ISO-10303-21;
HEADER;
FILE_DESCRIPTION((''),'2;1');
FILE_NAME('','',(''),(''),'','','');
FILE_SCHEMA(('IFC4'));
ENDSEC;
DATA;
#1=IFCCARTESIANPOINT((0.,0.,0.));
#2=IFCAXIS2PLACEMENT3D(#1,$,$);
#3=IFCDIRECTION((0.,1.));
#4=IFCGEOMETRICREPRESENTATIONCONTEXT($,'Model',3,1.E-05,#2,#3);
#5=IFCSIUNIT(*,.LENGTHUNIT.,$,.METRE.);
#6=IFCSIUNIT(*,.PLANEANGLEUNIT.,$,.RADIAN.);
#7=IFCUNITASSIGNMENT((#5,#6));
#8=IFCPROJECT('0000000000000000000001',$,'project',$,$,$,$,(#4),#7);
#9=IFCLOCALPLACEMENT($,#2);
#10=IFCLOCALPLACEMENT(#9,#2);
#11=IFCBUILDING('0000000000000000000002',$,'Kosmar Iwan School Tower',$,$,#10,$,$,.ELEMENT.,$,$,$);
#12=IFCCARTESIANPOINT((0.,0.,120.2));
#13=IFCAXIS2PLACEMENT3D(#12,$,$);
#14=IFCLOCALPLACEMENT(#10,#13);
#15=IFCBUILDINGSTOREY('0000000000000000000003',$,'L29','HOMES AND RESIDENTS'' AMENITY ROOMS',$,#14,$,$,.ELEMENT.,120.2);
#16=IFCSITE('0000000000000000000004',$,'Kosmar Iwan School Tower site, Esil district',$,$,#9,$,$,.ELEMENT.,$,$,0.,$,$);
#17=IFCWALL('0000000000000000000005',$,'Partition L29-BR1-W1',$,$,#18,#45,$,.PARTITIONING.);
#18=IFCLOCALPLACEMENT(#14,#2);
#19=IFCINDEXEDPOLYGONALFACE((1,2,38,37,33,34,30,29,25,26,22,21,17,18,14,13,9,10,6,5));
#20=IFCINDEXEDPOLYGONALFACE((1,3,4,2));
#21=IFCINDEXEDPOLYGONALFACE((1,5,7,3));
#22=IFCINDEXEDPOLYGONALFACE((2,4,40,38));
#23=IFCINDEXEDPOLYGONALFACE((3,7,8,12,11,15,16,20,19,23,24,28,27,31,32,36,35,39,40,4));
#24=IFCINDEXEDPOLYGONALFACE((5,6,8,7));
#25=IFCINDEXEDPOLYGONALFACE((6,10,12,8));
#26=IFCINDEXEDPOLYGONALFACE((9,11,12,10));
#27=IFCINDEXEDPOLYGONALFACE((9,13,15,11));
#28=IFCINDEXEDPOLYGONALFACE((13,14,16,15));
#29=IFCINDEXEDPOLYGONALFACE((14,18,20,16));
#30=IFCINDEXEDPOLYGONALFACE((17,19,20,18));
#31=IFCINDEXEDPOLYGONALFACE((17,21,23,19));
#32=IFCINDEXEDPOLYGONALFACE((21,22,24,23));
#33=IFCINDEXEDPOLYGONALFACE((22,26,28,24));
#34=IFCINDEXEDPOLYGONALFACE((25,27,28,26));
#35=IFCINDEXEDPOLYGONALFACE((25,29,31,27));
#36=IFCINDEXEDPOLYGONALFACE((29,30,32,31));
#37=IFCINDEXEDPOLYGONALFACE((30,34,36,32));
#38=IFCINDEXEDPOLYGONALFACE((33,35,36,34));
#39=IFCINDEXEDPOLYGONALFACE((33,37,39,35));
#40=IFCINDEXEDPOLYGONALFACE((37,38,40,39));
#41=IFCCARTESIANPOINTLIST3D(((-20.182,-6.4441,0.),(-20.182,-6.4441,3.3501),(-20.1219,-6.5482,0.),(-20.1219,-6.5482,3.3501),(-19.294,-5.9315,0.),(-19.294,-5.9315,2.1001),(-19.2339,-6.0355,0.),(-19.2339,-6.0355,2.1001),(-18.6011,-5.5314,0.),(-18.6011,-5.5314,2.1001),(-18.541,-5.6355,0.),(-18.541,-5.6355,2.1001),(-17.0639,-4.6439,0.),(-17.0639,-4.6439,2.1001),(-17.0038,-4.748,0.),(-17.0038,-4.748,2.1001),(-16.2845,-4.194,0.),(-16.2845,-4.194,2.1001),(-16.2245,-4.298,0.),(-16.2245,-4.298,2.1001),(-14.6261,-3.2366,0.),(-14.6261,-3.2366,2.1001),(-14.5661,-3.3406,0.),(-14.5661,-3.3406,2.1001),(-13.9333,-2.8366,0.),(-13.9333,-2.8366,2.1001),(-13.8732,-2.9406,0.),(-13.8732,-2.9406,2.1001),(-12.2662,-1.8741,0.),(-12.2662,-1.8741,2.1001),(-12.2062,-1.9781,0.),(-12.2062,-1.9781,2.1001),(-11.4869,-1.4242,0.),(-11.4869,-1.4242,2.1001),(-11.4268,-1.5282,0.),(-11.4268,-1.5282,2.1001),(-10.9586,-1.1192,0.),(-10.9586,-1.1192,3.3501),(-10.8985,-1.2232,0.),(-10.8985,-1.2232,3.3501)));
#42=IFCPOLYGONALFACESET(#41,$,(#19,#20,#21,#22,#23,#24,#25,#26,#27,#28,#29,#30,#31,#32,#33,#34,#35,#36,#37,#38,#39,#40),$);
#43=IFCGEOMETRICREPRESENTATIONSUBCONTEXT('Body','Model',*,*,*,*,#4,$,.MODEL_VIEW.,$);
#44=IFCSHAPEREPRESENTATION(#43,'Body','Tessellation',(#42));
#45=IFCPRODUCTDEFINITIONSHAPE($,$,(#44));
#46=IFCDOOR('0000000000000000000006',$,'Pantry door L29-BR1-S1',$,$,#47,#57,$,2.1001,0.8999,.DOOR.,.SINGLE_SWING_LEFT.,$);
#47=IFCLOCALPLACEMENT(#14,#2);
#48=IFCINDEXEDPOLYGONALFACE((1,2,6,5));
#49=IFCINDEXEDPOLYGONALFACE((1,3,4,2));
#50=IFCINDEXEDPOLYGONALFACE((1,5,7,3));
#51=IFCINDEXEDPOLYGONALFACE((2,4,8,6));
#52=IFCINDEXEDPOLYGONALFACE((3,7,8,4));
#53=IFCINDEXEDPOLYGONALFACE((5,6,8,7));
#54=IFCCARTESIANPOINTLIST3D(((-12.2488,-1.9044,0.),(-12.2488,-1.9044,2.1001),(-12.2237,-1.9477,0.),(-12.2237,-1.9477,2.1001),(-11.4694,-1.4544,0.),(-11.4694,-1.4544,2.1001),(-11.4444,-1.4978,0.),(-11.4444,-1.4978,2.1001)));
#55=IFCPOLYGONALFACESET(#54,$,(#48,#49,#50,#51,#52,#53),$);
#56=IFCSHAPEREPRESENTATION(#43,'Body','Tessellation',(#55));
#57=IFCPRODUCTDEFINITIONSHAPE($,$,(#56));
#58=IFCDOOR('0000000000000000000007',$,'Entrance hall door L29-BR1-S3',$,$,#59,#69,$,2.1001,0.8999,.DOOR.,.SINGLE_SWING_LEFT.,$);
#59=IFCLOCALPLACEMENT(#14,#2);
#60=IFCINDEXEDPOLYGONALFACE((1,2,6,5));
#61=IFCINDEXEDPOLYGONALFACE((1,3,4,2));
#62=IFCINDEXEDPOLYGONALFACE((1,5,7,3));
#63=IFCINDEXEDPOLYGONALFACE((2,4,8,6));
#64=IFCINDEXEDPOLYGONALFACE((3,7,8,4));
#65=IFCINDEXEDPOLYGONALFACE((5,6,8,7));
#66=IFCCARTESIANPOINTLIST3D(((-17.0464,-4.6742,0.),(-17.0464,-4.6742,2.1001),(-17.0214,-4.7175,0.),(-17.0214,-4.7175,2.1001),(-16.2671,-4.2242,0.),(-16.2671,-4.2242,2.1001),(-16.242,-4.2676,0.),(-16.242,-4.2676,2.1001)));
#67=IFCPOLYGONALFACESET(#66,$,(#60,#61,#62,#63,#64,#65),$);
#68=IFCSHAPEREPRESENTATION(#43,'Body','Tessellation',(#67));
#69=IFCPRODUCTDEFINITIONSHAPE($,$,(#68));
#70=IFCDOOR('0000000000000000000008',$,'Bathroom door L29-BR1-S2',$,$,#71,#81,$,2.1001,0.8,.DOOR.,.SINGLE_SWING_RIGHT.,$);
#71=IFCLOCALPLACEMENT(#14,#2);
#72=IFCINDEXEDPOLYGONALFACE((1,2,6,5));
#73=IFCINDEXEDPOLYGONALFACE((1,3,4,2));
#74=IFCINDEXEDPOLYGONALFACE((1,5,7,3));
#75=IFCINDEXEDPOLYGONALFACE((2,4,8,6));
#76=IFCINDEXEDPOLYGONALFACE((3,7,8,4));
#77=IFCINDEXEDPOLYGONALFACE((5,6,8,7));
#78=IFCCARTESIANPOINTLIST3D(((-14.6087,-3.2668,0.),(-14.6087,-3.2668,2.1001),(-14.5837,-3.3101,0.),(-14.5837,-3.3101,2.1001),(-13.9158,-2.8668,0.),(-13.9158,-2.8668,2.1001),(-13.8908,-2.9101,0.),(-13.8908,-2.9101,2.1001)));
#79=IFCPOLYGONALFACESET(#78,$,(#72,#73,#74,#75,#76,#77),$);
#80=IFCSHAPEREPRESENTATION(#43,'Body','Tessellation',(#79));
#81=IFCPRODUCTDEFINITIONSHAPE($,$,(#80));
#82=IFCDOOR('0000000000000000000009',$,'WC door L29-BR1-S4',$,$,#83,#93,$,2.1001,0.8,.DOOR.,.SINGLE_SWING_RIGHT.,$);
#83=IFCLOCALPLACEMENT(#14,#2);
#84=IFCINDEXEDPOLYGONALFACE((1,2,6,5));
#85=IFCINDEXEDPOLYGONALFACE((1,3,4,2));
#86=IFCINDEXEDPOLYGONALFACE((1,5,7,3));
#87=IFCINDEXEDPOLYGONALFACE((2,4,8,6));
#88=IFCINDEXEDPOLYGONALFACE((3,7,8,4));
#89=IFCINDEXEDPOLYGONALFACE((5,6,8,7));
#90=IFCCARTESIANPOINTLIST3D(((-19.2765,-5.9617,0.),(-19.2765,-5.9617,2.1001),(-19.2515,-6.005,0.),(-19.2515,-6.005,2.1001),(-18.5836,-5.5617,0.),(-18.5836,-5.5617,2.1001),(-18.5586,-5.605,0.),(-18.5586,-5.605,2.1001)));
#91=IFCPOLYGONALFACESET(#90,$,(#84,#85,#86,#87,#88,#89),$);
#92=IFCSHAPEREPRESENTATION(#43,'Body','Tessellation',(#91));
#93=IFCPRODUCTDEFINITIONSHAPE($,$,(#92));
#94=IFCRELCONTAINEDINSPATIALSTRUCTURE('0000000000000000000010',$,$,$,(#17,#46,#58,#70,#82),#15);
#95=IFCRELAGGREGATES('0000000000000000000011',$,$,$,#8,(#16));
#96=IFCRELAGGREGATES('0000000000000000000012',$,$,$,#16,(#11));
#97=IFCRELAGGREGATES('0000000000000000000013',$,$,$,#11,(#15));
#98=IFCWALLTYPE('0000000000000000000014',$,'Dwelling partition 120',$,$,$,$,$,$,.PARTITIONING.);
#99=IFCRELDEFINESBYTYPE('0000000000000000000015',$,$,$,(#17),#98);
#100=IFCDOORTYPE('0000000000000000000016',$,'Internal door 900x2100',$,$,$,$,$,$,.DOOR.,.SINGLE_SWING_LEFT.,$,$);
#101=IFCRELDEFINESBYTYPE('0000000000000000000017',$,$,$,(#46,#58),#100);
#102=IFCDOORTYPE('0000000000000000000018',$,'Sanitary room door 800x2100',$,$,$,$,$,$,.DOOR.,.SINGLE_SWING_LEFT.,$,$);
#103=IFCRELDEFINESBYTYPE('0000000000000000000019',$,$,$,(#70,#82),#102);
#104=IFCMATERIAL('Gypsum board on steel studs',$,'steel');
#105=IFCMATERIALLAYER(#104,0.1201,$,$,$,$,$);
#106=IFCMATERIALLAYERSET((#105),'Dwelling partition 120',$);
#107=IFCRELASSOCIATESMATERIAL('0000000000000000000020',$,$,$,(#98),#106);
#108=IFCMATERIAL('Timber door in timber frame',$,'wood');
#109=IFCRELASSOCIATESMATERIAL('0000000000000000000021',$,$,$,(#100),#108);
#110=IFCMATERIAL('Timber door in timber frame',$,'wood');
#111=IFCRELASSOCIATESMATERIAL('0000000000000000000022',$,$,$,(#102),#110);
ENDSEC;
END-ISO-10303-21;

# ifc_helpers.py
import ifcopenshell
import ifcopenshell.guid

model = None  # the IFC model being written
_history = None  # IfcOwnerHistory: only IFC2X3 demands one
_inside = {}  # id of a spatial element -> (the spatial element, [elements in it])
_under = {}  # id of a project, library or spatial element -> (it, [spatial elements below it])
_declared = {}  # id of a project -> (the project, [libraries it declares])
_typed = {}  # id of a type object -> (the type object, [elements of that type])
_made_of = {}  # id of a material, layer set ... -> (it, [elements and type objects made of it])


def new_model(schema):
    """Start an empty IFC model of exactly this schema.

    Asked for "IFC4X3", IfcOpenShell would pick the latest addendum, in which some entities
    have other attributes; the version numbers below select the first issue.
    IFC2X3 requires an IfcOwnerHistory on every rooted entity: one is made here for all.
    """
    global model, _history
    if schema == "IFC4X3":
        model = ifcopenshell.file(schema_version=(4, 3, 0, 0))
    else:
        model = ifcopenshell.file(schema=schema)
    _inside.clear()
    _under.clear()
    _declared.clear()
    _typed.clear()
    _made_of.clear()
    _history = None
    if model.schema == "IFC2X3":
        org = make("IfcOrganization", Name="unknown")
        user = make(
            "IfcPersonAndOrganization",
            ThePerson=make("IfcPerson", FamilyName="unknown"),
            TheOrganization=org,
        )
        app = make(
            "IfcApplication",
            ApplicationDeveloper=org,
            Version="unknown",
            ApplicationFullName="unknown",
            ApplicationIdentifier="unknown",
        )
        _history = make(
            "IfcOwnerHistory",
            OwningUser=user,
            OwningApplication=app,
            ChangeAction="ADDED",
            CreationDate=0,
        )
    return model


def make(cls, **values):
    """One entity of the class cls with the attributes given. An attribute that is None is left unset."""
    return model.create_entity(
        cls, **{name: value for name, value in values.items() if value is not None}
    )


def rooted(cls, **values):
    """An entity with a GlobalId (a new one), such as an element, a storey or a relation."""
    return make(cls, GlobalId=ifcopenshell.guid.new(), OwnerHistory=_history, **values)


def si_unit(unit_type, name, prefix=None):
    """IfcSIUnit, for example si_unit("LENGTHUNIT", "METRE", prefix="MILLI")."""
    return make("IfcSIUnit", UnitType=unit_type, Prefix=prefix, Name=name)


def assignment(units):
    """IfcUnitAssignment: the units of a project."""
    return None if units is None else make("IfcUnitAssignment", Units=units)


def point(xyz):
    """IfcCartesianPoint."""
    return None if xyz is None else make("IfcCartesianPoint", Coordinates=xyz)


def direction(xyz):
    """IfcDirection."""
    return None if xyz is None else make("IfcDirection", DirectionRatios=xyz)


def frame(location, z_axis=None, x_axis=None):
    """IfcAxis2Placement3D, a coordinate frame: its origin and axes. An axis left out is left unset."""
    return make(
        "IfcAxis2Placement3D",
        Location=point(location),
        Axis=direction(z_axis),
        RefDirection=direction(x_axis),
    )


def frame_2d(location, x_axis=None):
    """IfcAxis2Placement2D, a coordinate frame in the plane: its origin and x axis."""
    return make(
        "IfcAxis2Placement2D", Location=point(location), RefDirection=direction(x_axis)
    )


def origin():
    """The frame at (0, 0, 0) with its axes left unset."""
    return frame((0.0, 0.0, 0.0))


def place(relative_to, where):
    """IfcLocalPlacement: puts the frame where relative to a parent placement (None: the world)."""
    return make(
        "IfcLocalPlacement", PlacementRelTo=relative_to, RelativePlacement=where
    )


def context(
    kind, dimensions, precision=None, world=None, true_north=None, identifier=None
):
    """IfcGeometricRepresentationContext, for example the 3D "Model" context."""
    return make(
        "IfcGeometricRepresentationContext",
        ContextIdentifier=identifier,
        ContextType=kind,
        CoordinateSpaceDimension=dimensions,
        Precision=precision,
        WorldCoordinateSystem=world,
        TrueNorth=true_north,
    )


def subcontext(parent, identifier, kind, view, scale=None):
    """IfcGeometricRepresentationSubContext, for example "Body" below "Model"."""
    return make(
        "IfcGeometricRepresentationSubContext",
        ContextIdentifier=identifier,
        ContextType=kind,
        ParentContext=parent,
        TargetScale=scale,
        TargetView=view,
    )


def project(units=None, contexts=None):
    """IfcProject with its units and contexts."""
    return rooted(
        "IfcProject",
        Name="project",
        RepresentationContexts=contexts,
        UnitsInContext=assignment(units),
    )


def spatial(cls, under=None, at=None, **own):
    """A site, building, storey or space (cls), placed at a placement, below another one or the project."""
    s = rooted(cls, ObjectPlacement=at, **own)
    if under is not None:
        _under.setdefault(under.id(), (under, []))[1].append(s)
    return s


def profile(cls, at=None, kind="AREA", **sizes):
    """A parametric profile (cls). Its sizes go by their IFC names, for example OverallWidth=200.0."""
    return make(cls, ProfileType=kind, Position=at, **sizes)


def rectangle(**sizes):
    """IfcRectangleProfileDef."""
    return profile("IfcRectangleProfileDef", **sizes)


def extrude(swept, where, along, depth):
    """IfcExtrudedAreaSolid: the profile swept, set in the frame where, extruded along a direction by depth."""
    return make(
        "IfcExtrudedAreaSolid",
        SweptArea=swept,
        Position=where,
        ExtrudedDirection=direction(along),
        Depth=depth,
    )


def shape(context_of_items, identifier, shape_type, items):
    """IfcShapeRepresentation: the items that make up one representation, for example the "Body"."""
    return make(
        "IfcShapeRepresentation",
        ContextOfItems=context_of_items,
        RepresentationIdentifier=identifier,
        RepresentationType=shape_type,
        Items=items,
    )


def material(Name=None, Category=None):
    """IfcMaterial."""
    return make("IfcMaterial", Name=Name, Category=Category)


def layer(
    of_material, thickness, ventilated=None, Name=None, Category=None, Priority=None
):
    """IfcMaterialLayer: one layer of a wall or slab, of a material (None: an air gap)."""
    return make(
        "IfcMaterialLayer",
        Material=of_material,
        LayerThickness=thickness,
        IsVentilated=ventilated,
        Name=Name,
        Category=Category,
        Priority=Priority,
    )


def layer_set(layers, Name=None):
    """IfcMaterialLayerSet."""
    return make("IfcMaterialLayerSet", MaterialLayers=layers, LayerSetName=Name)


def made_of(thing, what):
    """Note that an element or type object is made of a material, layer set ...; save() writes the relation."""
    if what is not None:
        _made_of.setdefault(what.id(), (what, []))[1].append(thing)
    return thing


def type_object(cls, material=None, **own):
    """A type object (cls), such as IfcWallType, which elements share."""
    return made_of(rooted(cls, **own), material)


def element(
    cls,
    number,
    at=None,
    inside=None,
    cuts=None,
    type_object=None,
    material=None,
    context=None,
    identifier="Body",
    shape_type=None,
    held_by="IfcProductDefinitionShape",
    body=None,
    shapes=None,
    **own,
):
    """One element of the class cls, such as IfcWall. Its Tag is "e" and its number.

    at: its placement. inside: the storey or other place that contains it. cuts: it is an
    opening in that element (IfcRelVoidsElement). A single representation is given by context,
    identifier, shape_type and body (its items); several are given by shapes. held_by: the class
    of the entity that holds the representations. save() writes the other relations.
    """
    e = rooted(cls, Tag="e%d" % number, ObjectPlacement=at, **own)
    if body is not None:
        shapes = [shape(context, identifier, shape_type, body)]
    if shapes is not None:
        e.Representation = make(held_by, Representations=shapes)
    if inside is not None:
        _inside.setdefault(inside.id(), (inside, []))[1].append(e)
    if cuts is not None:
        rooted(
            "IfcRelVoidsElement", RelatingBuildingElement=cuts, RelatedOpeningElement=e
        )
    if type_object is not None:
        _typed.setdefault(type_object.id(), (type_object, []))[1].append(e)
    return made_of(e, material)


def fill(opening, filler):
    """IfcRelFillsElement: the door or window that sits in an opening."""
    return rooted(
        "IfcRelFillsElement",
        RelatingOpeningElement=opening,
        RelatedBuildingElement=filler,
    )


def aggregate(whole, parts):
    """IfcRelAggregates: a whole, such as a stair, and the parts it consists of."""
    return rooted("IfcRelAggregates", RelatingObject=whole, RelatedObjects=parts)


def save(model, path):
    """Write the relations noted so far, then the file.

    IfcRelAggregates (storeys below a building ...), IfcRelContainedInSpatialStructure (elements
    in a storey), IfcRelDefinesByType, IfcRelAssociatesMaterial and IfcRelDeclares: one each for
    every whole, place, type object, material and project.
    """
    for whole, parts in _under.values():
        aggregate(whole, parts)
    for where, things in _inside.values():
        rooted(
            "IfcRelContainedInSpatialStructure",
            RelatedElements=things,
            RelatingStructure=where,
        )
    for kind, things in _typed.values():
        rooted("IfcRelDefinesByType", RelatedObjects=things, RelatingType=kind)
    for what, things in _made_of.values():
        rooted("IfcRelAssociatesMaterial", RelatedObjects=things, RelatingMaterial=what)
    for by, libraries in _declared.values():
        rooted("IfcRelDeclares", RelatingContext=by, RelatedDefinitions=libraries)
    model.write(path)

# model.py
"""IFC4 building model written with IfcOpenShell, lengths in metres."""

from ifc_helpers import new_model, si_unit, direction, frame, frame_2d, origin, place, context, subcontext, project, spatial, rectangle, extrude, material, layer, layer_set, type_object, element, fill, save


model = new_model("IFC4")

# Units and contexts
model_context = context("Model", 3, precision=1e-05, world=origin(), true_north=direction((0.0, 1.0)))
body_context = subcontext(model_context, "Body", "Model", "MODEL_VIEW")
ifc_project = project(units=[si_unit("LENGTHUNIT", "METRE"), si_unit("PLANEANGLEUNIT", "RADIAN")], contexts=[model_context])

# Site, building, storey
site_placement = place(None, origin())
site = spatial("IfcSite", under=ifc_project, at=site_placement, Name="Kosmar Iwan School Tower site, Esil district", CompositionType="ELEMENT", RefElevation=0.0)
building_placement = place(site_placement, origin())
building = spatial("IfcBuilding", under=site, at=building_placement, Name="Kosmar Iwan School Tower", CompositionType="ELEMENT")
storey_placement = place(building_placement, frame((0.0, 0.0, 120.2)))
storey = spatial("IfcBuildingStorey", under=building, at=storey_placement, Name="L29", Description="HOMES AND RESIDENTS' AMENITY ROOMS", CompositionType="ELEMENT", Elevation=120.2)

# Wall, openings, doors
ifc_material_1 = material(Name="Gypsum board on steel studs", Category="steel")
ifc_layer = layer(ifc_material_1, 0.1201)
ifc_layer_set = layer_set([ifc_layer], Name="Dwelling partition 120")
wall_type = type_object("IfcWallType", Name="Dwelling partition 120", PredefinedType="PARTITIONING", material=ifc_layer_set)
wall_1_placement = place(storey_placement, frame((-10.9285, -1.1711, 0.0), z_axis=(0.0, 0.0, 1.0), x_axis=(-0.866033, -0.499988, 0.0)))
wall_1 = element("IfcWall", 1, at=wall_1_placement, inside=storey, type_object=wall_type, Name="Partition L29-BR1-W1", PredefinedType="PARTITIONING", context=body_context, shape_type="SweptSolid", body=[
    extrude(rectangle(XDim=10.6501, YDim=0.1201, at=frame_2d((5.3252, 0.0))), origin(), (0.0, 0.0, 1.0), 3.3501),
])
opening_1_placement = place(wall_1_placement, frame((0.6101, 0.0, 0.0)))
opening_1 = element("IfcOpeningElement", 2, at=opening_1_placement, cuts=wall_1, PredefinedType="OPENING", context=body_context, shape_type="SweptSolid", body=[
    extrude(rectangle(XDim=0.8999, YDim=2.1001, at=frame_2d((0.45, 1.05))), frame((0.0, 0.072, 0.0), z_axis=(0.0, -1.0, 0.0), x_axis=(1.0, 0.0, 0.0)), (0.0, 0.0, 1.0), 0.144),
])
opening_2_placement = place(wall_1_placement, frame((3.4351, 0.0, 0.0)))
opening_2 = element("IfcOpeningElement", 3, at=opening_2_placement, cuts=wall_1, PredefinedType="OPENING", context=body_context, shape_type="SweptSolid", body=[
    extrude(rectangle(XDim=0.8, YDim=2.1001, at=frame_2d((0.3999, 1.05))), frame((0.0, 0.072, 0.0), z_axis=(0.0, -1.0, 0.0), x_axis=(1.0, 0.0, 0.0)), (0.0, 0.0, 1.0), 0.144),
])
opening_3_placement = place(wall_1_placement, frame((6.1499, 0.0, 0.0)))
opening_3 = element("IfcOpeningElement", 4, at=opening_3_placement, cuts=wall_1, PredefinedType="OPENING", context=body_context, shape_type="SweptSolid", body=[
    extrude(rectangle(XDim=0.8999, YDim=2.1001, at=frame_2d((0.45, 1.05))), frame((0.0, 0.072, 0.0), z_axis=(0.0, -1.0, 0.0), x_axis=(1.0, 0.0, 0.0)), (0.0, 0.0, 1.0), 0.144),
])
opening_4_placement = place(wall_1_placement, frame((8.825, 0.0, 0.0)))
opening_4 = element("IfcOpeningElement", 5, at=opening_4_placement, cuts=wall_1, PredefinedType="OPENING", context=body_context, shape_type="SweptSolid", body=[
    extrude(rectangle(XDim=0.8, YDim=2.1001, at=frame_2d((0.3999, 1.05))), frame((0.0, 0.072, 0.0), z_axis=(0.0, -1.0, 0.0), x_axis=(1.0, 0.0, 0.0)), (0.0, 0.0, 1.0), 0.144),
])
ifc_material_2 = material(Name="Timber door in timber frame", Category="wood")
door_type_1 = type_object("IfcDoorType", Name="Internal door 900x2100", OperationType="SINGLE_SWING_LEFT", PredefinedType="DOOR", material=ifc_material_2)
door_1_placement = place(opening_1_placement, origin())
door_1 = element("IfcDoor", 6, at=door_1_placement, inside=storey, type_object=door_type_1, Name="Pantry door L29-BR1-S1", OperationType="SINGLE_SWING_LEFT", OverallHeight=2.1001, OverallWidth=0.8999, PredefinedType="DOOR", context=body_context, shape_type="SweptSolid", body=[
    extrude(rectangle(XDim=0.8999, YDim=2.1001, at=frame_2d((0.45, 1.05))), frame((0.0, 0.0249, 0.0), z_axis=(0.0, -1.0, 0.0), x_axis=(1.0, 0.0, 0.0)), (0.0, 0.0, 1.0), 0.05),
])
fill(opening_1, door_1)
door_2_placement = place(opening_3_placement, origin())
door_2 = element("IfcDoor", 7, at=door_2_placement, inside=storey, type_object=door_type_1, Name="Entrance hall door L29-BR1-S3", OperationType="SINGLE_SWING_LEFT", OverallHeight=2.1001, OverallWidth=0.8999, PredefinedType="DOOR", context=body_context, shape_type="SweptSolid", body=[
    extrude(rectangle(XDim=0.8999, YDim=2.1001, at=frame_2d((0.45, 1.05))), frame((0.0, 0.0249, 0.0), z_axis=(0.0, -1.0, 0.0), x_axis=(1.0, 0.0, 0.0)), (0.0, 0.0, 1.0), 0.05),
])
fill(opening_3, door_2)
ifc_material_3 = material(Name="Timber door in timber frame", Category="wood")
door_type_2 = type_object("IfcDoorType", Name="Sanitary room door 800x2100", OperationType="SINGLE_SWING_LEFT", PredefinedType="DOOR", material=ifc_material_3)
door_3_placement = place(opening_2_placement, origin())
door_3 = element("IfcDoor", 8, at=door_3_placement, inside=storey, type_object=door_type_2, Name="Bathroom door L29-BR1-S2", OperationType="SINGLE_SWING_RIGHT", OverallHeight=2.1001, OverallWidth=0.8, PredefinedType="DOOR", context=body_context, shape_type="SweptSolid", body=[
    extrude(rectangle(XDim=0.8, YDim=2.1001, at=frame_2d((0.3999, 1.05))), frame((0.0, 0.0249, 0.0), z_axis=(0.0, -1.0, 0.0), x_axis=(1.0, 0.0, 0.0)), (0.0, 0.0, 1.0), 0.05),
])
fill(opening_2, door_3)
door_4_placement = place(opening_4_placement, origin())
door_4 = element("IfcDoor", 9, at=door_4_placement, inside=storey, type_object=door_type_2, Name="WC door L29-BR1-S4", OperationType="SINGLE_SWING_RIGHT", OverallHeight=2.1001, OverallWidth=0.8, PredefinedType="DOOR", context=body_context, shape_type="SweptSolid", body=[
    extrude(rectangle(XDim=0.8, YDim=2.1001, at=frame_2d((0.3999, 1.05))), frame((0.0, 0.0249, 0.0), z_axis=(0.0, -1.0, 0.0), x_axis=(1.0, 0.0, 0.0)), (0.0, 0.0, 1.0), 0.05),
])
fill(opening_4, door_4)

save(model, "model.ifc")
